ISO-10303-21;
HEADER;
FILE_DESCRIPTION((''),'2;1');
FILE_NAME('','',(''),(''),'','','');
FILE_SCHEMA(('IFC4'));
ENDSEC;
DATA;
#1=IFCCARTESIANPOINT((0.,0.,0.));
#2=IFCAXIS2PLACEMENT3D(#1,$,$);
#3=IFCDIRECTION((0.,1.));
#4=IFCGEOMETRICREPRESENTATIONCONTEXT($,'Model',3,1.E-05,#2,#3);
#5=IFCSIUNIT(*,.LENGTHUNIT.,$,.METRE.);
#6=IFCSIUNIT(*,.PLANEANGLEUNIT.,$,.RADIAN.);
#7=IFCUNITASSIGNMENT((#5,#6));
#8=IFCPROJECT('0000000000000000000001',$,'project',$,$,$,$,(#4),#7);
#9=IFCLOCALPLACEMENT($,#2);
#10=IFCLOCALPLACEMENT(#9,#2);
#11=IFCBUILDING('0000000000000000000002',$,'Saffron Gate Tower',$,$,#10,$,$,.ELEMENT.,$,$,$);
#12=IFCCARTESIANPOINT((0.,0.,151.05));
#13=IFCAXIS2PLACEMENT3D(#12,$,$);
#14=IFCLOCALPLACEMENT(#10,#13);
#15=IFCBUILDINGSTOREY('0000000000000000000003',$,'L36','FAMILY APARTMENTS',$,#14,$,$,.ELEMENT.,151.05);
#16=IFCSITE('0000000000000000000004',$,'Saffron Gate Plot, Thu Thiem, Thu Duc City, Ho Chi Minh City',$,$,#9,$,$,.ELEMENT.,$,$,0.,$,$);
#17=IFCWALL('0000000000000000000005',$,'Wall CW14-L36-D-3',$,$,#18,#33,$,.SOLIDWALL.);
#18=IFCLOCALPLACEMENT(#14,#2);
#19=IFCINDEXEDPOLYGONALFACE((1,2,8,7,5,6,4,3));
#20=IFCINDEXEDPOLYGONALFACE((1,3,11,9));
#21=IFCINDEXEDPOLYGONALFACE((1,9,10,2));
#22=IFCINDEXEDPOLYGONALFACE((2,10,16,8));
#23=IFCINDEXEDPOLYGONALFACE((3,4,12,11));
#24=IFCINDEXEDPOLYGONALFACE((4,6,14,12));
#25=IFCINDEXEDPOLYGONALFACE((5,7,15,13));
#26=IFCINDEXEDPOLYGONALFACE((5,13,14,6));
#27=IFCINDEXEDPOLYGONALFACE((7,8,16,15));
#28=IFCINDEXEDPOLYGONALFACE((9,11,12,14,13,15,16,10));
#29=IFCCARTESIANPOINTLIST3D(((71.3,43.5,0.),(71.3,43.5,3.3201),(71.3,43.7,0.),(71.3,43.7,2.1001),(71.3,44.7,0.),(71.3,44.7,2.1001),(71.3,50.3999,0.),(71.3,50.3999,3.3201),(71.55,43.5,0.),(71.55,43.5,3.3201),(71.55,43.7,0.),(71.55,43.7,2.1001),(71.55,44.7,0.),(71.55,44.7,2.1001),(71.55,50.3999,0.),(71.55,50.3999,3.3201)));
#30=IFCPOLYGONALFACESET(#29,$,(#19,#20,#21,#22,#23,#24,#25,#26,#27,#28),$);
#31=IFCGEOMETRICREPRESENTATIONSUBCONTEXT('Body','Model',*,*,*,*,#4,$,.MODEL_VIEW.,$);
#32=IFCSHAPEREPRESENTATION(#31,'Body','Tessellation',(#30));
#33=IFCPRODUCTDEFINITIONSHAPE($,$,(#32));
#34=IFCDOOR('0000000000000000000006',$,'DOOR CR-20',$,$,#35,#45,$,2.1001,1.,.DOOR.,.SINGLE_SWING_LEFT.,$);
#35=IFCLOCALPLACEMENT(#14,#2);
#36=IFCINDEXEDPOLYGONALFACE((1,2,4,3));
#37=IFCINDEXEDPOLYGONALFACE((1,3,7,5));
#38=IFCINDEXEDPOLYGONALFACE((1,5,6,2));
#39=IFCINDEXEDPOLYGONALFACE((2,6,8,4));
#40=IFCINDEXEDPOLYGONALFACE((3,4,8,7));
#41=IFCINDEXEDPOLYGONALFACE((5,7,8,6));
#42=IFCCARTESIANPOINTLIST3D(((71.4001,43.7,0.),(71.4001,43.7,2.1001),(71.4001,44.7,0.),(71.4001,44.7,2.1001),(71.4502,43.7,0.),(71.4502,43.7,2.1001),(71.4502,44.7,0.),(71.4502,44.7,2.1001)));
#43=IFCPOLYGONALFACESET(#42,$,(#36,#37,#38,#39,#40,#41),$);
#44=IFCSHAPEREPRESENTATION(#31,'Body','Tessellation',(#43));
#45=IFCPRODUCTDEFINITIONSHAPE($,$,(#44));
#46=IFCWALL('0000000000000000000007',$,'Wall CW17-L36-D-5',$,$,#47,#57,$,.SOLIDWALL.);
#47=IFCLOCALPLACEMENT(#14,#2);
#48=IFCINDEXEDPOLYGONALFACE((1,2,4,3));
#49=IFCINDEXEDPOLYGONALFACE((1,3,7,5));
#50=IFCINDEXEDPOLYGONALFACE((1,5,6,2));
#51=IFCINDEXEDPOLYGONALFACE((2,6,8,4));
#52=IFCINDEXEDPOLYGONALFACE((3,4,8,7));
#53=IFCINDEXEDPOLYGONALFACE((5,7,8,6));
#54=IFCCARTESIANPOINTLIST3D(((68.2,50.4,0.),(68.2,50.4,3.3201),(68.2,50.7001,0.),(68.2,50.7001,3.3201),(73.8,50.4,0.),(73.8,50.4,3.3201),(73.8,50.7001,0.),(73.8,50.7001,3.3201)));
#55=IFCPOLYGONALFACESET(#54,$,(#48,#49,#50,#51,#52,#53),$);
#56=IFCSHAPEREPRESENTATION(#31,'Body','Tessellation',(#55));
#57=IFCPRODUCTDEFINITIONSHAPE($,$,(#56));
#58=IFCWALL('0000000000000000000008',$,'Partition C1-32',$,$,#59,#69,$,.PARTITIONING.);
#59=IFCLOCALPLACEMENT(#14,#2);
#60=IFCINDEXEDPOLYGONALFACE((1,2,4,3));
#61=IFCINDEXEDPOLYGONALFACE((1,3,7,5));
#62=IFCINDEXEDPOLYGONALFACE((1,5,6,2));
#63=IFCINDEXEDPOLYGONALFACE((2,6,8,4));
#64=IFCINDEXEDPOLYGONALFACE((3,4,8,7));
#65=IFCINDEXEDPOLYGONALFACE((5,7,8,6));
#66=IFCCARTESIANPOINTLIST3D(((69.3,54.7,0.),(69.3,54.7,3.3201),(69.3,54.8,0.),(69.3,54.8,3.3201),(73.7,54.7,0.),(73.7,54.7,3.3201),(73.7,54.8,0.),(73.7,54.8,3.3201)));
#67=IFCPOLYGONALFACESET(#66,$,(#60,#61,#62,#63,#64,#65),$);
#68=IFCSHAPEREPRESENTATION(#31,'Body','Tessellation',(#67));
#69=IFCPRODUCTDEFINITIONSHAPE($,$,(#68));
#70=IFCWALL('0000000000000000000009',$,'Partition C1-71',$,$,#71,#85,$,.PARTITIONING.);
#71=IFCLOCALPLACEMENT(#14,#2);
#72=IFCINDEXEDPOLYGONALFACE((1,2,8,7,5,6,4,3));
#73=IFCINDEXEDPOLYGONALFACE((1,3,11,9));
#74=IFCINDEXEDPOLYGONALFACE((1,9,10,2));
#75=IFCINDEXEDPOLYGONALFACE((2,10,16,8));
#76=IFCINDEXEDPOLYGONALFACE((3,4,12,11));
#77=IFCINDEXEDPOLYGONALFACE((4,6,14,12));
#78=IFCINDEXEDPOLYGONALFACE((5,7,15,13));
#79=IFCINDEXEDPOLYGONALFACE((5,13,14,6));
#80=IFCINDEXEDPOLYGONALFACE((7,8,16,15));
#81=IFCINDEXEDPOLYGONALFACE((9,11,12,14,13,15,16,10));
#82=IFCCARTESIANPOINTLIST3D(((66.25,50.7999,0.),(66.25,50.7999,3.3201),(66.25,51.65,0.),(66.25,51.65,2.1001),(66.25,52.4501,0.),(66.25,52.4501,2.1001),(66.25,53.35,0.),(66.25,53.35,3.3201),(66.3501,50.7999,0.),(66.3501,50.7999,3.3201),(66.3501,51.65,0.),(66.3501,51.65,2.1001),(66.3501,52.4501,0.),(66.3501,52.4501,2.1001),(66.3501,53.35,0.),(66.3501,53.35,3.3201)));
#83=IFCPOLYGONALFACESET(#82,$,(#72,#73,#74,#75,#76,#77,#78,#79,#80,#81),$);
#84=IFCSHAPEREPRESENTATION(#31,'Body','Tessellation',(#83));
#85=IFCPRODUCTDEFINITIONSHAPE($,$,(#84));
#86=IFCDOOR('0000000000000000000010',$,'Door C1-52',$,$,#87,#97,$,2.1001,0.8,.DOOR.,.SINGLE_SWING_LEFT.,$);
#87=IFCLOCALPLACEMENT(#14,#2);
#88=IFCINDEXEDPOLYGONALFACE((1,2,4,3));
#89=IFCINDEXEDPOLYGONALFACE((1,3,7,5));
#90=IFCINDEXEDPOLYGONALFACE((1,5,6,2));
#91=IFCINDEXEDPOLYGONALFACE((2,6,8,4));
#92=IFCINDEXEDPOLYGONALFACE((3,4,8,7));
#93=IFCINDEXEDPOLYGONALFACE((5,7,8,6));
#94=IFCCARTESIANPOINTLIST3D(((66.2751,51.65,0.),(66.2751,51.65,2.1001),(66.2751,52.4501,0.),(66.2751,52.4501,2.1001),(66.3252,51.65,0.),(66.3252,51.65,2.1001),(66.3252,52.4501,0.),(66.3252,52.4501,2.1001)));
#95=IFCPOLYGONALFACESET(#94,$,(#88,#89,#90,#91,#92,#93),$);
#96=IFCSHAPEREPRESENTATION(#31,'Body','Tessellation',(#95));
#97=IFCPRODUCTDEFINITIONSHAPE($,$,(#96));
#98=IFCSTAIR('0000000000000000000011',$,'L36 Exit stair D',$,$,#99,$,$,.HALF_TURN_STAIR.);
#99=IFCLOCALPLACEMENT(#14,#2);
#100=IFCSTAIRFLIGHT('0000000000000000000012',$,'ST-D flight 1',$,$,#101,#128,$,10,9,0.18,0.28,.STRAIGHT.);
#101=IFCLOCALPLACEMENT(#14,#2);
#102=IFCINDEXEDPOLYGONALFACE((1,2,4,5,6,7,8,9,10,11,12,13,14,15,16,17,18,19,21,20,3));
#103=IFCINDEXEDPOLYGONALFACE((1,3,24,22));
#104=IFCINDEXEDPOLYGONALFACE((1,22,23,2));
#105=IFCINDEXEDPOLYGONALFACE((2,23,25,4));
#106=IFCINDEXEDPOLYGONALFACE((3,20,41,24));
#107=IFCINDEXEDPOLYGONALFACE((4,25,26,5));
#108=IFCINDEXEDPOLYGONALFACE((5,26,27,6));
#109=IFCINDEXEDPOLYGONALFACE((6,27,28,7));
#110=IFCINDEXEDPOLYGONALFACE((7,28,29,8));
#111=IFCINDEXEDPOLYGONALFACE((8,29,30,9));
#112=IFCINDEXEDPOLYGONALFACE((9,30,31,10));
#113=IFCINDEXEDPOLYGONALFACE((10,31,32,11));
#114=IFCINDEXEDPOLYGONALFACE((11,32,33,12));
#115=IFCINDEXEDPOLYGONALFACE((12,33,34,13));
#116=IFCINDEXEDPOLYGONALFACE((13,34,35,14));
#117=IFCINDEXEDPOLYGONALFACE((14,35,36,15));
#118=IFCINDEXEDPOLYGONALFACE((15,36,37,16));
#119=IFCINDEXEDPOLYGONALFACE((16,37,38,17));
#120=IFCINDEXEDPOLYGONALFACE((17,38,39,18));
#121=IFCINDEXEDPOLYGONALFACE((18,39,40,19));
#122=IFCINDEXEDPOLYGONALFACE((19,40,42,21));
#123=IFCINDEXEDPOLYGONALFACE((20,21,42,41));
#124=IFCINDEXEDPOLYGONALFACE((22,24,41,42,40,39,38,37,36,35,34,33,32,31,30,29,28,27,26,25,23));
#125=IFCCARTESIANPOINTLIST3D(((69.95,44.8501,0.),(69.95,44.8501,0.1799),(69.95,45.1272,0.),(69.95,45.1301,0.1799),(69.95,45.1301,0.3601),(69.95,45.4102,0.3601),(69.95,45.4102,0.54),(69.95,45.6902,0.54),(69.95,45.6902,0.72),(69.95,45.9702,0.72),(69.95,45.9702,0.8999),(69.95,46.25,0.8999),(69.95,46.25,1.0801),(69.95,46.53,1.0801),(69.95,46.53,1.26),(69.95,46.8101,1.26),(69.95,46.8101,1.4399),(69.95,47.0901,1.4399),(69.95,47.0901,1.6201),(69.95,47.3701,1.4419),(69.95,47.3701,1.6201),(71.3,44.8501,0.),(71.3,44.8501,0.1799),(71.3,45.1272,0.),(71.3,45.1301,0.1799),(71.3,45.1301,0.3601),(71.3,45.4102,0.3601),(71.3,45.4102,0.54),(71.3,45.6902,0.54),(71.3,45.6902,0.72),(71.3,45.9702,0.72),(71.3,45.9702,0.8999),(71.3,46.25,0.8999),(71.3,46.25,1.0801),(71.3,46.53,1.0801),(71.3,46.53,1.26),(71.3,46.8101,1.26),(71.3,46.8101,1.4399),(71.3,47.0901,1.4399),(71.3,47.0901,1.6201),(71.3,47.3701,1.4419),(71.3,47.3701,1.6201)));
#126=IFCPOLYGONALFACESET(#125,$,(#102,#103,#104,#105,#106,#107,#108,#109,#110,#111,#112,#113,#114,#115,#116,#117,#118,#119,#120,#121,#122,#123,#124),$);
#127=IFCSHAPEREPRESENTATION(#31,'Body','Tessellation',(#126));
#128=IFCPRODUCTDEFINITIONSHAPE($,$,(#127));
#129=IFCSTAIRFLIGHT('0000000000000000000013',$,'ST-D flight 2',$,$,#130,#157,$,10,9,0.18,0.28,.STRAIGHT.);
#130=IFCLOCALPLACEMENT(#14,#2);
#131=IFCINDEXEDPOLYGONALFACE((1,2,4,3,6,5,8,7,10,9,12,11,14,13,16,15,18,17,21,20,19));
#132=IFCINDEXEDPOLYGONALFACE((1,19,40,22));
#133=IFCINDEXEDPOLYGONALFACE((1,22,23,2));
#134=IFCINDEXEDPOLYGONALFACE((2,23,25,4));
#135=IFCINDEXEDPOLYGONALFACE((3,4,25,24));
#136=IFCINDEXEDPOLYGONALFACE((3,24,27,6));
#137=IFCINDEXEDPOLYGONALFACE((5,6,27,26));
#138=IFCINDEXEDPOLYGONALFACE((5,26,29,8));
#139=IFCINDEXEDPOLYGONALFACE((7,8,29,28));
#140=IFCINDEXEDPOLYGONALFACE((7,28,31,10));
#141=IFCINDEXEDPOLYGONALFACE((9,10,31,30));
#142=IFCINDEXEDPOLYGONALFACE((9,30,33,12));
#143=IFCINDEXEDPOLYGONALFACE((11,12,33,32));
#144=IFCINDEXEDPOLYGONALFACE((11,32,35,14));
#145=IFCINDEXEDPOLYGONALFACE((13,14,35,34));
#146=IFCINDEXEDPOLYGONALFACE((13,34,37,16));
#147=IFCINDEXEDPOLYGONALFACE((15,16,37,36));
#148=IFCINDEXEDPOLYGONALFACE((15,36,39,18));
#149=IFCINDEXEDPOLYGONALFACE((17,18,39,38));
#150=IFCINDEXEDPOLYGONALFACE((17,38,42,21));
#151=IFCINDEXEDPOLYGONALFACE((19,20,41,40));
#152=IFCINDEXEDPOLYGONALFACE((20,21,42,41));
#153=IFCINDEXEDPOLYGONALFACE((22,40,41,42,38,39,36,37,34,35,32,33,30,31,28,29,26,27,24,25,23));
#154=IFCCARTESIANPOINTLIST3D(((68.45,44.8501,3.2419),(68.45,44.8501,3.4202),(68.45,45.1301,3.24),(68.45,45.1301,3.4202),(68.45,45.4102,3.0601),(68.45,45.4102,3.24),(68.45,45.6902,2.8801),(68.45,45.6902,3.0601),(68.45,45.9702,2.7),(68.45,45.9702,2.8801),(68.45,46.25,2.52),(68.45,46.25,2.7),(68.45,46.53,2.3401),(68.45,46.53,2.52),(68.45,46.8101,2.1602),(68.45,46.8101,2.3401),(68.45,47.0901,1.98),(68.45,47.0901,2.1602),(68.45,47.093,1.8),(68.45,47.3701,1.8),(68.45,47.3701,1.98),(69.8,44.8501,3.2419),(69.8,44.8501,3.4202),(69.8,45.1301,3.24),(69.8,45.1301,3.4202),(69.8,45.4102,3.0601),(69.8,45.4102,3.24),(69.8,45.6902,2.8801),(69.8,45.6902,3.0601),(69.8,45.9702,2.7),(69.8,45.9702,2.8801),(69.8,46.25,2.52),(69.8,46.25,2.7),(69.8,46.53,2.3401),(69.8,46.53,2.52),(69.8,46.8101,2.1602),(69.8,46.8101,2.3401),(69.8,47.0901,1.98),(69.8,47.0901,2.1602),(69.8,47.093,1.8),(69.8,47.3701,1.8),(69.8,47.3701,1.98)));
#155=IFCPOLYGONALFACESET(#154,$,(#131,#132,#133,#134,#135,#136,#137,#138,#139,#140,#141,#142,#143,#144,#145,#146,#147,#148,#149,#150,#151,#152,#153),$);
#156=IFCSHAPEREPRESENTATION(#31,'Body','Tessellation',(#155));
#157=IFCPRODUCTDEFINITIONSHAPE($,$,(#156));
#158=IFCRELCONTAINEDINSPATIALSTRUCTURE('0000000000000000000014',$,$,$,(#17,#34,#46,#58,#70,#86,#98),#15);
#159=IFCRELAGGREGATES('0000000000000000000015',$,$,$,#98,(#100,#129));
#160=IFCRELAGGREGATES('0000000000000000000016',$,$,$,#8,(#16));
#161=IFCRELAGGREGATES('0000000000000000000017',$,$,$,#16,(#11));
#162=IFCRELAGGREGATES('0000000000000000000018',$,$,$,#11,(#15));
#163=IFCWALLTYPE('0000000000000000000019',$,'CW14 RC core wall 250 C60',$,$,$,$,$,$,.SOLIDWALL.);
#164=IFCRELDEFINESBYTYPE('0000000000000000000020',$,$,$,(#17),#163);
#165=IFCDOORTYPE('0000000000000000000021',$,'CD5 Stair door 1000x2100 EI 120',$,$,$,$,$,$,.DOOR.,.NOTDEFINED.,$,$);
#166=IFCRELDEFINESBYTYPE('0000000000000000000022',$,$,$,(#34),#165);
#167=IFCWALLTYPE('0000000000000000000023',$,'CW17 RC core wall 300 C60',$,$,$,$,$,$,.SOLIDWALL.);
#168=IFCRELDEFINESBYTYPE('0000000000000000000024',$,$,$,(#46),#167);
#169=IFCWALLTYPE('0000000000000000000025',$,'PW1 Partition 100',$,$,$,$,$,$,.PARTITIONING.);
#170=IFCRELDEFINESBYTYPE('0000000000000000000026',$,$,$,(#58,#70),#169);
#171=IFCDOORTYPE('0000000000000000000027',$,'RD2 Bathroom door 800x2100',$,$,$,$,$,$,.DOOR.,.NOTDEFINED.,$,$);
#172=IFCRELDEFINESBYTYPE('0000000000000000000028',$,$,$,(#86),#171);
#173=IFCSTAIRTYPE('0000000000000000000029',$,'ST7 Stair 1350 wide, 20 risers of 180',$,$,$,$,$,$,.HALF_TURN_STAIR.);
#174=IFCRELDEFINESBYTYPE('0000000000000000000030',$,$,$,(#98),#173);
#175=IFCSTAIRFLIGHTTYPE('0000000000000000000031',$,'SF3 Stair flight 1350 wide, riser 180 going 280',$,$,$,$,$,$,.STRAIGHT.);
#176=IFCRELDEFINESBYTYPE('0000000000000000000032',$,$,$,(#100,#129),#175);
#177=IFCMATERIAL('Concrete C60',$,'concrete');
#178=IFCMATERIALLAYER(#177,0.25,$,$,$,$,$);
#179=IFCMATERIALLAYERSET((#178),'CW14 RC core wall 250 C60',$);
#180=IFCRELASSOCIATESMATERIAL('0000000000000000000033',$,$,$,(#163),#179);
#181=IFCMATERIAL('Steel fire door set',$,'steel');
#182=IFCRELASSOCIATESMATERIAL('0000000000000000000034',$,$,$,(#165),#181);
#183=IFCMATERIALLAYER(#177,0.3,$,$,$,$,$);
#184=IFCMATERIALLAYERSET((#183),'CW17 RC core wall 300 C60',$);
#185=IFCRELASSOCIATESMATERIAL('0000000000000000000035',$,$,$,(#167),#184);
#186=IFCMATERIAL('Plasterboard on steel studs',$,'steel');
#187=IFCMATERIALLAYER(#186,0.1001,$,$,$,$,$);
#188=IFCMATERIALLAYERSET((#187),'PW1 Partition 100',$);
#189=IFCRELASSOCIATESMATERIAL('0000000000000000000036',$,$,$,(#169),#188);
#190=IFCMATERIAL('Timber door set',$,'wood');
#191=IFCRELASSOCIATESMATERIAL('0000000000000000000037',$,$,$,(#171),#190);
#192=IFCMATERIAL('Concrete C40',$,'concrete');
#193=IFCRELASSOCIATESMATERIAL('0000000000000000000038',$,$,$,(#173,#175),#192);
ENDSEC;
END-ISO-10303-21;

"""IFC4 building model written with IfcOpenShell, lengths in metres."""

from ifc_helpers import new_model, si_unit, direction, frame, frame_2d, origin, place, context, subcontext, project, spatial, polyline, rectangle, outline, extrude, material, layer, layer_set, type_object, element, fill, aggregate, save


model = new_model("IFC4")

# Units and contexts
model_context = context("Model", 3, precision=1e-05, world=origin(), true_north=direction((0.0, 1.0)))
body_context = subcontext(model_context, "Body", "Model", "MODEL_VIEW")
ifc_project = project(units=[si_unit("LENGTHUNIT", "METRE"), si_unit("PLANEANGLEUNIT", "RADIAN")], contexts=[model_context])

# Site, building, storey
site_placement = place(None, origin())
site = spatial("IfcSite", under=ifc_project, at=site_placement, Name="Saffron Gate Plot, Thu Thiem, Thu Duc City, Ho Chi Minh City", CompositionType="ELEMENT", RefElevation=0.0)
building_placement = place(site_placement, origin())
building = spatial("IfcBuilding", under=site, at=building_placement, Name="Saffron Gate Tower", CompositionType="ELEMENT")
storey_placement = place(building_placement, frame((0.0, 0.0, 151.05)))
storey = spatial("IfcBuildingStorey", under=building, at=storey_placement, Name="L36", Description="FAMILY APARTMENTS", CompositionType="ELEMENT", Elevation=151.05)

# Wall, opening, door
ifc_material_1 = material(Name="Steel fire door set", Category="steel")
ifc_material_2 = material(Name="Concrete C60", Category="concrete")
ifc_layer_1 = layer(ifc_material_2, 0.25)
ifc_layer_set_1 = layer_set([ifc_layer_1], Name="CW14 RC core wall 250 C60")
wall_type_1 = type_object("IfcWallType", Name="CW14 RC core wall 250 C60", PredefinedType="SOLIDWALL", material=ifc_layer_set_1)
wall_1_placement = place(storey_placement, frame((71.425, 43.5, 0.0), z_axis=(0.0, 0.0, 1.0), x_axis=(0.0, 1.0, 0.0)))
wall_1 = element("IfcWall", 1, at=wall_1_placement, inside=storey, type_object=wall_type_1, Name="Wall CW14-L36-D-3", PredefinedType="SOLIDWALL", context=body_context, shape_type="SweptSolid", body=[
    extrude(rectangle(XDim=6.8999, YDim=0.25, at=frame_2d((3.45, 0.0))), origin(), (0.0, 0.0, 1.0), 3.3201),
])
opening_1_placement = place(wall_1_placement, frame((0.2, 0.0, 0.0)))
opening_1 = element("IfcOpeningElement", 2, at=opening_1_placement, cuts=wall_1, PredefinedType="OPENING", context=body_context, shape_type="SweptSolid", body=[
    extrude(rectangle(XDim=1.0, YDim=2.1001, at=frame_2d((0.5, 1.05))), frame((0.0, 0.135, 0.0), z_axis=(0.0, -1.0, 0.0), x_axis=(1.0, 0.0, 0.0)), (0.0, 0.0, 1.0), 0.27),
])
door_type_1 = type_object("IfcDoorType", Name="CD5 Stair door 1000x2100 EI 120", OperationType="NOTDEFINED", PredefinedType="DOOR", material=ifc_material_1)
door_1_placement = place(opening_1_placement, origin())
door_1 = element("IfcDoor", 3, at=door_1_placement, inside=storey, type_object=door_type_1, Name="DOOR CR-20", OperationType="SINGLE_SWING_LEFT", OverallHeight=2.1001, OverallWidth=1.0, PredefinedType="DOOR", context=body_context, shape_type="SweptSolid", body=[
    extrude(rectangle(XDim=1.0, YDim=2.1001, at=frame_2d((0.5, 1.05))), frame((0.0, 0.0249, 0.0), z_axis=(0.0, -1.0, 0.0), x_axis=(1.0, 0.0, 0.0)), (0.0, 0.0, 1.0), 0.05),
])
fill(opening_1, door_1)

# Walls
ifc_layer_2 = layer(ifc_material_2, 0.3)
ifc_layer_set_2 = layer_set([ifc_layer_2], Name="CW17 RC core wall 300 C60")
wall_type_2 = type_object("IfcWallType", Name="CW17 RC core wall 300 C60", PredefinedType="SOLIDWALL", material=ifc_layer_set_2)
wall_2_placement = place(storey_placement, frame((68.2, 50.55, 0.0), z_axis=(0.0, 0.0, 1.0), x_axis=(1.0, 0.0, 0.0)))
element("IfcWall", 4, at=wall_2_placement, inside=storey, type_object=wall_type_2, Name="Wall CW17-L36-D-5", PredefinedType="SOLIDWALL", context=body_context, shape_type="SweptSolid", body=[
    extrude(rectangle(XDim=5.6001, YDim=0.3, at=frame_2d((2.8, 0.0))), origin(), (0.0, 0.0, 1.0), 3.3201),
])
ifc_material_3 = material(Name="Plasterboard on steel studs", Category="steel")
ifc_layer_3 = layer(ifc_material_3, 0.1001)
ifc_layer_set_3 = layer_set([ifc_layer_3], Name="PW1 Partition 100")
wall_type_3 = type_object("IfcWallType", Name="PW1 Partition 100", PredefinedType="PARTITIONING", material=ifc_layer_set_3)
wall_3_placement = place(storey_placement, frame((69.3, 54.75, 0.0), z_axis=(0.0, 0.0, 1.0), x_axis=(1.0, 0.0, 0.0)))
element("IfcWall", 5, at=wall_3_placement, inside=storey, type_object=wall_type_3, Name="Partition C1-32", PredefinedType="PARTITIONING", context=body_context, shape_type="SweptSolid", body=[
    extrude(rectangle(XDim=4.3999, YDim=0.1001, at=frame_2d((2.2, 0.0))), origin(), (0.0, 0.0, 1.0), 3.3201),
])

# Wall, opening, door
wall_4_placement = place(storey_placement, frame((66.3, 50.8, 0.0), z_axis=(0.0, 0.0, 1.0), x_axis=(0.0, 1.0, 0.0)))
wall_4 = element("IfcWall", 6, at=wall_4_placement, inside=storey, type_object=wall_type_3, Name="Partition C1-71", PredefinedType="PARTITIONING", context=body_context, shape_type="SweptSolid", body=[
    extrude(rectangle(XDim=2.55, YDim=0.1001, at=frame_2d((1.2749, 0.0))), origin(), (0.0, 0.0, 1.0), 3.3201),
])
opening_2_placement = place(wall_4_placement, frame((0.8501, 0.0, 0.0)))
opening_2 = element("IfcOpeningElement", 7, at=opening_2_placement, cuts=wall_4, PredefinedType="OPENING", context=body_context, shape_type="SweptSolid", body=[
    extrude(rectangle(XDim=0.8, YDim=2.1001, at=frame_2d((0.3999, 1.05))), frame((0.0, 0.0601, 0.0), z_axis=(0.0, -1.0, 0.0), x_axis=(1.0, 0.0, 0.0)), (0.0, 0.0, 1.0), 0.1201),
])
ifc_material_4 = material(Name="Timber door set", Category="wood")
door_type_2 = type_object("IfcDoorType", Name="RD2 Bathroom door 800x2100", OperationType="NOTDEFINED", PredefinedType="DOOR", material=ifc_material_4)
door_2_placement = place(opening_2_placement, origin())
door_2 = element("IfcDoor", 8, at=door_2_placement, inside=storey, type_object=door_type_2, Name="Door C1-52", OperationType="SINGLE_SWING_LEFT", OverallHeight=2.1001, OverallWidth=0.8, PredefinedType="DOOR", context=body_context, shape_type="SweptSolid", body=[
    extrude(rectangle(XDim=0.8, YDim=2.1001, at=frame_2d((0.3999, 1.05))), frame((0.0, 0.0249, 0.0), z_axis=(0.0, -1.0, 0.0), x_axis=(1.0, 0.0, 0.0)), (0.0, 0.0, 1.0), 0.05),
])
fill(opening_2, door_2)

# Stair, stair flights
ifc_material_5 = material(Name="Concrete C40", Category="concrete")
stair_type = type_object("IfcStairType", Name="ST7 Stair 1350 wide, 20 risers of 180", PredefinedType="HALF_TURN_STAIR", material=ifc_material_5)
stair_placement = place(storey_placement, origin())
stair = element("IfcStair", 9, at=stair_placement, inside=storey, type_object=stair_type, Name="L36 Exit stair D", PredefinedType="HALF_TURN_STAIR")
stair_flight_type = type_object("IfcStairFlightType", Name="SF3 Stair flight 1350 wide, riser 180 going 280", PredefinedType="STRAIGHT", material=ifc_material_5)
stair_flight_1_placement = place(storey_placement, frame((70.625, 44.8501, 0.0), z_axis=(0.0, 0.0, 1.0), x_axis=(0.0, 1.0, 0.0)))
stair_flight_1 = element("IfcStairFlight", 10, at=stair_flight_1_placement, type_object=stair_flight_type, Name="ST-D flight 1", NumberOfRisers=10, NumberOfTreads=9, PredefinedType="STRAIGHT", RiserHeight=0.18, TreadLength=0.28, context=body_context, shape_type="SweptSolid", body=[
    extrude(outline(polyline([(0.0, 0.0), (0.0, 0.1799), (0.28, 0.1799), (0.28, 0.3601), (0.5601, 0.3601), (0.5601, 0.54), (0.8401, 0.54), (0.8401, 0.72), (1.1201, 0.72), (1.1201, 0.8999), (1.3999, 0.8999), (1.3999, 1.0801), (1.6799, 1.0801), (1.6799, 1.26), (1.96, 1.26), (1.96, 1.4399), (2.24, 1.4399), (2.24, 1.6201), (2.52, 1.6201), (2.52, 1.8), (2.52, 1.4419), (0.2771, 0.0), (0.0, 0.0)])), frame((0.0, 0.675, 0.0), z_axis=(0.0, -1.0, 0.0), x_axis=(1.0, 0.0, 0.0)), (0.0, 0.0, 1.0), 1.3501),
])
stair_flight_2_placement = place(storey_placement, frame((69.125, 47.3701, 1.8), z_axis=(0.0, 0.0, 1.0), x_axis=(0.0, -1.0, 0.0)))
stair_flight_2 = element("IfcStairFlight", 11, at=stair_flight_2_placement, type_object=stair_flight_type, Name="ST-D flight 2", NumberOfRisers=10, NumberOfTreads=9, PredefinedType="STRAIGHT", RiserHeight=0.18, TreadLength=0.28, context=body_context, shape_type="SweptSolid", body=[
    extrude(outline(polyline([(0.0, 0.0), (0.0, 0.1799), (0.28, 0.1799), (0.28, 0.3601), (0.5601, 0.3601), (0.5601, 0.54), (0.8401, 0.54), (0.8401, 0.72), (1.1201, 0.72), (1.1201, 0.8999), (1.3999, 0.8999), (1.3999, 1.0801), (1.6799, 1.0801), (1.6799, 1.26), (1.96, 1.26), (1.96, 1.4399), (2.24, 1.4399), (2.24, 1.6201), (2.52, 1.6201), (2.52, 1.8), (2.52, 1.4419), (0.2771, 0.0), (0.0, 0.0)])), frame((0.0, 0.675, 0.0), z_axis=(0.0, -1.0, 0.0), x_axis=(1.0, 0.0, 0.0)), (0.0, 0.0, 1.0), 1.3501),
])
aggregate(stair, [stair_flight_1, stair_flight_2])

save(model, "model.ifc")
